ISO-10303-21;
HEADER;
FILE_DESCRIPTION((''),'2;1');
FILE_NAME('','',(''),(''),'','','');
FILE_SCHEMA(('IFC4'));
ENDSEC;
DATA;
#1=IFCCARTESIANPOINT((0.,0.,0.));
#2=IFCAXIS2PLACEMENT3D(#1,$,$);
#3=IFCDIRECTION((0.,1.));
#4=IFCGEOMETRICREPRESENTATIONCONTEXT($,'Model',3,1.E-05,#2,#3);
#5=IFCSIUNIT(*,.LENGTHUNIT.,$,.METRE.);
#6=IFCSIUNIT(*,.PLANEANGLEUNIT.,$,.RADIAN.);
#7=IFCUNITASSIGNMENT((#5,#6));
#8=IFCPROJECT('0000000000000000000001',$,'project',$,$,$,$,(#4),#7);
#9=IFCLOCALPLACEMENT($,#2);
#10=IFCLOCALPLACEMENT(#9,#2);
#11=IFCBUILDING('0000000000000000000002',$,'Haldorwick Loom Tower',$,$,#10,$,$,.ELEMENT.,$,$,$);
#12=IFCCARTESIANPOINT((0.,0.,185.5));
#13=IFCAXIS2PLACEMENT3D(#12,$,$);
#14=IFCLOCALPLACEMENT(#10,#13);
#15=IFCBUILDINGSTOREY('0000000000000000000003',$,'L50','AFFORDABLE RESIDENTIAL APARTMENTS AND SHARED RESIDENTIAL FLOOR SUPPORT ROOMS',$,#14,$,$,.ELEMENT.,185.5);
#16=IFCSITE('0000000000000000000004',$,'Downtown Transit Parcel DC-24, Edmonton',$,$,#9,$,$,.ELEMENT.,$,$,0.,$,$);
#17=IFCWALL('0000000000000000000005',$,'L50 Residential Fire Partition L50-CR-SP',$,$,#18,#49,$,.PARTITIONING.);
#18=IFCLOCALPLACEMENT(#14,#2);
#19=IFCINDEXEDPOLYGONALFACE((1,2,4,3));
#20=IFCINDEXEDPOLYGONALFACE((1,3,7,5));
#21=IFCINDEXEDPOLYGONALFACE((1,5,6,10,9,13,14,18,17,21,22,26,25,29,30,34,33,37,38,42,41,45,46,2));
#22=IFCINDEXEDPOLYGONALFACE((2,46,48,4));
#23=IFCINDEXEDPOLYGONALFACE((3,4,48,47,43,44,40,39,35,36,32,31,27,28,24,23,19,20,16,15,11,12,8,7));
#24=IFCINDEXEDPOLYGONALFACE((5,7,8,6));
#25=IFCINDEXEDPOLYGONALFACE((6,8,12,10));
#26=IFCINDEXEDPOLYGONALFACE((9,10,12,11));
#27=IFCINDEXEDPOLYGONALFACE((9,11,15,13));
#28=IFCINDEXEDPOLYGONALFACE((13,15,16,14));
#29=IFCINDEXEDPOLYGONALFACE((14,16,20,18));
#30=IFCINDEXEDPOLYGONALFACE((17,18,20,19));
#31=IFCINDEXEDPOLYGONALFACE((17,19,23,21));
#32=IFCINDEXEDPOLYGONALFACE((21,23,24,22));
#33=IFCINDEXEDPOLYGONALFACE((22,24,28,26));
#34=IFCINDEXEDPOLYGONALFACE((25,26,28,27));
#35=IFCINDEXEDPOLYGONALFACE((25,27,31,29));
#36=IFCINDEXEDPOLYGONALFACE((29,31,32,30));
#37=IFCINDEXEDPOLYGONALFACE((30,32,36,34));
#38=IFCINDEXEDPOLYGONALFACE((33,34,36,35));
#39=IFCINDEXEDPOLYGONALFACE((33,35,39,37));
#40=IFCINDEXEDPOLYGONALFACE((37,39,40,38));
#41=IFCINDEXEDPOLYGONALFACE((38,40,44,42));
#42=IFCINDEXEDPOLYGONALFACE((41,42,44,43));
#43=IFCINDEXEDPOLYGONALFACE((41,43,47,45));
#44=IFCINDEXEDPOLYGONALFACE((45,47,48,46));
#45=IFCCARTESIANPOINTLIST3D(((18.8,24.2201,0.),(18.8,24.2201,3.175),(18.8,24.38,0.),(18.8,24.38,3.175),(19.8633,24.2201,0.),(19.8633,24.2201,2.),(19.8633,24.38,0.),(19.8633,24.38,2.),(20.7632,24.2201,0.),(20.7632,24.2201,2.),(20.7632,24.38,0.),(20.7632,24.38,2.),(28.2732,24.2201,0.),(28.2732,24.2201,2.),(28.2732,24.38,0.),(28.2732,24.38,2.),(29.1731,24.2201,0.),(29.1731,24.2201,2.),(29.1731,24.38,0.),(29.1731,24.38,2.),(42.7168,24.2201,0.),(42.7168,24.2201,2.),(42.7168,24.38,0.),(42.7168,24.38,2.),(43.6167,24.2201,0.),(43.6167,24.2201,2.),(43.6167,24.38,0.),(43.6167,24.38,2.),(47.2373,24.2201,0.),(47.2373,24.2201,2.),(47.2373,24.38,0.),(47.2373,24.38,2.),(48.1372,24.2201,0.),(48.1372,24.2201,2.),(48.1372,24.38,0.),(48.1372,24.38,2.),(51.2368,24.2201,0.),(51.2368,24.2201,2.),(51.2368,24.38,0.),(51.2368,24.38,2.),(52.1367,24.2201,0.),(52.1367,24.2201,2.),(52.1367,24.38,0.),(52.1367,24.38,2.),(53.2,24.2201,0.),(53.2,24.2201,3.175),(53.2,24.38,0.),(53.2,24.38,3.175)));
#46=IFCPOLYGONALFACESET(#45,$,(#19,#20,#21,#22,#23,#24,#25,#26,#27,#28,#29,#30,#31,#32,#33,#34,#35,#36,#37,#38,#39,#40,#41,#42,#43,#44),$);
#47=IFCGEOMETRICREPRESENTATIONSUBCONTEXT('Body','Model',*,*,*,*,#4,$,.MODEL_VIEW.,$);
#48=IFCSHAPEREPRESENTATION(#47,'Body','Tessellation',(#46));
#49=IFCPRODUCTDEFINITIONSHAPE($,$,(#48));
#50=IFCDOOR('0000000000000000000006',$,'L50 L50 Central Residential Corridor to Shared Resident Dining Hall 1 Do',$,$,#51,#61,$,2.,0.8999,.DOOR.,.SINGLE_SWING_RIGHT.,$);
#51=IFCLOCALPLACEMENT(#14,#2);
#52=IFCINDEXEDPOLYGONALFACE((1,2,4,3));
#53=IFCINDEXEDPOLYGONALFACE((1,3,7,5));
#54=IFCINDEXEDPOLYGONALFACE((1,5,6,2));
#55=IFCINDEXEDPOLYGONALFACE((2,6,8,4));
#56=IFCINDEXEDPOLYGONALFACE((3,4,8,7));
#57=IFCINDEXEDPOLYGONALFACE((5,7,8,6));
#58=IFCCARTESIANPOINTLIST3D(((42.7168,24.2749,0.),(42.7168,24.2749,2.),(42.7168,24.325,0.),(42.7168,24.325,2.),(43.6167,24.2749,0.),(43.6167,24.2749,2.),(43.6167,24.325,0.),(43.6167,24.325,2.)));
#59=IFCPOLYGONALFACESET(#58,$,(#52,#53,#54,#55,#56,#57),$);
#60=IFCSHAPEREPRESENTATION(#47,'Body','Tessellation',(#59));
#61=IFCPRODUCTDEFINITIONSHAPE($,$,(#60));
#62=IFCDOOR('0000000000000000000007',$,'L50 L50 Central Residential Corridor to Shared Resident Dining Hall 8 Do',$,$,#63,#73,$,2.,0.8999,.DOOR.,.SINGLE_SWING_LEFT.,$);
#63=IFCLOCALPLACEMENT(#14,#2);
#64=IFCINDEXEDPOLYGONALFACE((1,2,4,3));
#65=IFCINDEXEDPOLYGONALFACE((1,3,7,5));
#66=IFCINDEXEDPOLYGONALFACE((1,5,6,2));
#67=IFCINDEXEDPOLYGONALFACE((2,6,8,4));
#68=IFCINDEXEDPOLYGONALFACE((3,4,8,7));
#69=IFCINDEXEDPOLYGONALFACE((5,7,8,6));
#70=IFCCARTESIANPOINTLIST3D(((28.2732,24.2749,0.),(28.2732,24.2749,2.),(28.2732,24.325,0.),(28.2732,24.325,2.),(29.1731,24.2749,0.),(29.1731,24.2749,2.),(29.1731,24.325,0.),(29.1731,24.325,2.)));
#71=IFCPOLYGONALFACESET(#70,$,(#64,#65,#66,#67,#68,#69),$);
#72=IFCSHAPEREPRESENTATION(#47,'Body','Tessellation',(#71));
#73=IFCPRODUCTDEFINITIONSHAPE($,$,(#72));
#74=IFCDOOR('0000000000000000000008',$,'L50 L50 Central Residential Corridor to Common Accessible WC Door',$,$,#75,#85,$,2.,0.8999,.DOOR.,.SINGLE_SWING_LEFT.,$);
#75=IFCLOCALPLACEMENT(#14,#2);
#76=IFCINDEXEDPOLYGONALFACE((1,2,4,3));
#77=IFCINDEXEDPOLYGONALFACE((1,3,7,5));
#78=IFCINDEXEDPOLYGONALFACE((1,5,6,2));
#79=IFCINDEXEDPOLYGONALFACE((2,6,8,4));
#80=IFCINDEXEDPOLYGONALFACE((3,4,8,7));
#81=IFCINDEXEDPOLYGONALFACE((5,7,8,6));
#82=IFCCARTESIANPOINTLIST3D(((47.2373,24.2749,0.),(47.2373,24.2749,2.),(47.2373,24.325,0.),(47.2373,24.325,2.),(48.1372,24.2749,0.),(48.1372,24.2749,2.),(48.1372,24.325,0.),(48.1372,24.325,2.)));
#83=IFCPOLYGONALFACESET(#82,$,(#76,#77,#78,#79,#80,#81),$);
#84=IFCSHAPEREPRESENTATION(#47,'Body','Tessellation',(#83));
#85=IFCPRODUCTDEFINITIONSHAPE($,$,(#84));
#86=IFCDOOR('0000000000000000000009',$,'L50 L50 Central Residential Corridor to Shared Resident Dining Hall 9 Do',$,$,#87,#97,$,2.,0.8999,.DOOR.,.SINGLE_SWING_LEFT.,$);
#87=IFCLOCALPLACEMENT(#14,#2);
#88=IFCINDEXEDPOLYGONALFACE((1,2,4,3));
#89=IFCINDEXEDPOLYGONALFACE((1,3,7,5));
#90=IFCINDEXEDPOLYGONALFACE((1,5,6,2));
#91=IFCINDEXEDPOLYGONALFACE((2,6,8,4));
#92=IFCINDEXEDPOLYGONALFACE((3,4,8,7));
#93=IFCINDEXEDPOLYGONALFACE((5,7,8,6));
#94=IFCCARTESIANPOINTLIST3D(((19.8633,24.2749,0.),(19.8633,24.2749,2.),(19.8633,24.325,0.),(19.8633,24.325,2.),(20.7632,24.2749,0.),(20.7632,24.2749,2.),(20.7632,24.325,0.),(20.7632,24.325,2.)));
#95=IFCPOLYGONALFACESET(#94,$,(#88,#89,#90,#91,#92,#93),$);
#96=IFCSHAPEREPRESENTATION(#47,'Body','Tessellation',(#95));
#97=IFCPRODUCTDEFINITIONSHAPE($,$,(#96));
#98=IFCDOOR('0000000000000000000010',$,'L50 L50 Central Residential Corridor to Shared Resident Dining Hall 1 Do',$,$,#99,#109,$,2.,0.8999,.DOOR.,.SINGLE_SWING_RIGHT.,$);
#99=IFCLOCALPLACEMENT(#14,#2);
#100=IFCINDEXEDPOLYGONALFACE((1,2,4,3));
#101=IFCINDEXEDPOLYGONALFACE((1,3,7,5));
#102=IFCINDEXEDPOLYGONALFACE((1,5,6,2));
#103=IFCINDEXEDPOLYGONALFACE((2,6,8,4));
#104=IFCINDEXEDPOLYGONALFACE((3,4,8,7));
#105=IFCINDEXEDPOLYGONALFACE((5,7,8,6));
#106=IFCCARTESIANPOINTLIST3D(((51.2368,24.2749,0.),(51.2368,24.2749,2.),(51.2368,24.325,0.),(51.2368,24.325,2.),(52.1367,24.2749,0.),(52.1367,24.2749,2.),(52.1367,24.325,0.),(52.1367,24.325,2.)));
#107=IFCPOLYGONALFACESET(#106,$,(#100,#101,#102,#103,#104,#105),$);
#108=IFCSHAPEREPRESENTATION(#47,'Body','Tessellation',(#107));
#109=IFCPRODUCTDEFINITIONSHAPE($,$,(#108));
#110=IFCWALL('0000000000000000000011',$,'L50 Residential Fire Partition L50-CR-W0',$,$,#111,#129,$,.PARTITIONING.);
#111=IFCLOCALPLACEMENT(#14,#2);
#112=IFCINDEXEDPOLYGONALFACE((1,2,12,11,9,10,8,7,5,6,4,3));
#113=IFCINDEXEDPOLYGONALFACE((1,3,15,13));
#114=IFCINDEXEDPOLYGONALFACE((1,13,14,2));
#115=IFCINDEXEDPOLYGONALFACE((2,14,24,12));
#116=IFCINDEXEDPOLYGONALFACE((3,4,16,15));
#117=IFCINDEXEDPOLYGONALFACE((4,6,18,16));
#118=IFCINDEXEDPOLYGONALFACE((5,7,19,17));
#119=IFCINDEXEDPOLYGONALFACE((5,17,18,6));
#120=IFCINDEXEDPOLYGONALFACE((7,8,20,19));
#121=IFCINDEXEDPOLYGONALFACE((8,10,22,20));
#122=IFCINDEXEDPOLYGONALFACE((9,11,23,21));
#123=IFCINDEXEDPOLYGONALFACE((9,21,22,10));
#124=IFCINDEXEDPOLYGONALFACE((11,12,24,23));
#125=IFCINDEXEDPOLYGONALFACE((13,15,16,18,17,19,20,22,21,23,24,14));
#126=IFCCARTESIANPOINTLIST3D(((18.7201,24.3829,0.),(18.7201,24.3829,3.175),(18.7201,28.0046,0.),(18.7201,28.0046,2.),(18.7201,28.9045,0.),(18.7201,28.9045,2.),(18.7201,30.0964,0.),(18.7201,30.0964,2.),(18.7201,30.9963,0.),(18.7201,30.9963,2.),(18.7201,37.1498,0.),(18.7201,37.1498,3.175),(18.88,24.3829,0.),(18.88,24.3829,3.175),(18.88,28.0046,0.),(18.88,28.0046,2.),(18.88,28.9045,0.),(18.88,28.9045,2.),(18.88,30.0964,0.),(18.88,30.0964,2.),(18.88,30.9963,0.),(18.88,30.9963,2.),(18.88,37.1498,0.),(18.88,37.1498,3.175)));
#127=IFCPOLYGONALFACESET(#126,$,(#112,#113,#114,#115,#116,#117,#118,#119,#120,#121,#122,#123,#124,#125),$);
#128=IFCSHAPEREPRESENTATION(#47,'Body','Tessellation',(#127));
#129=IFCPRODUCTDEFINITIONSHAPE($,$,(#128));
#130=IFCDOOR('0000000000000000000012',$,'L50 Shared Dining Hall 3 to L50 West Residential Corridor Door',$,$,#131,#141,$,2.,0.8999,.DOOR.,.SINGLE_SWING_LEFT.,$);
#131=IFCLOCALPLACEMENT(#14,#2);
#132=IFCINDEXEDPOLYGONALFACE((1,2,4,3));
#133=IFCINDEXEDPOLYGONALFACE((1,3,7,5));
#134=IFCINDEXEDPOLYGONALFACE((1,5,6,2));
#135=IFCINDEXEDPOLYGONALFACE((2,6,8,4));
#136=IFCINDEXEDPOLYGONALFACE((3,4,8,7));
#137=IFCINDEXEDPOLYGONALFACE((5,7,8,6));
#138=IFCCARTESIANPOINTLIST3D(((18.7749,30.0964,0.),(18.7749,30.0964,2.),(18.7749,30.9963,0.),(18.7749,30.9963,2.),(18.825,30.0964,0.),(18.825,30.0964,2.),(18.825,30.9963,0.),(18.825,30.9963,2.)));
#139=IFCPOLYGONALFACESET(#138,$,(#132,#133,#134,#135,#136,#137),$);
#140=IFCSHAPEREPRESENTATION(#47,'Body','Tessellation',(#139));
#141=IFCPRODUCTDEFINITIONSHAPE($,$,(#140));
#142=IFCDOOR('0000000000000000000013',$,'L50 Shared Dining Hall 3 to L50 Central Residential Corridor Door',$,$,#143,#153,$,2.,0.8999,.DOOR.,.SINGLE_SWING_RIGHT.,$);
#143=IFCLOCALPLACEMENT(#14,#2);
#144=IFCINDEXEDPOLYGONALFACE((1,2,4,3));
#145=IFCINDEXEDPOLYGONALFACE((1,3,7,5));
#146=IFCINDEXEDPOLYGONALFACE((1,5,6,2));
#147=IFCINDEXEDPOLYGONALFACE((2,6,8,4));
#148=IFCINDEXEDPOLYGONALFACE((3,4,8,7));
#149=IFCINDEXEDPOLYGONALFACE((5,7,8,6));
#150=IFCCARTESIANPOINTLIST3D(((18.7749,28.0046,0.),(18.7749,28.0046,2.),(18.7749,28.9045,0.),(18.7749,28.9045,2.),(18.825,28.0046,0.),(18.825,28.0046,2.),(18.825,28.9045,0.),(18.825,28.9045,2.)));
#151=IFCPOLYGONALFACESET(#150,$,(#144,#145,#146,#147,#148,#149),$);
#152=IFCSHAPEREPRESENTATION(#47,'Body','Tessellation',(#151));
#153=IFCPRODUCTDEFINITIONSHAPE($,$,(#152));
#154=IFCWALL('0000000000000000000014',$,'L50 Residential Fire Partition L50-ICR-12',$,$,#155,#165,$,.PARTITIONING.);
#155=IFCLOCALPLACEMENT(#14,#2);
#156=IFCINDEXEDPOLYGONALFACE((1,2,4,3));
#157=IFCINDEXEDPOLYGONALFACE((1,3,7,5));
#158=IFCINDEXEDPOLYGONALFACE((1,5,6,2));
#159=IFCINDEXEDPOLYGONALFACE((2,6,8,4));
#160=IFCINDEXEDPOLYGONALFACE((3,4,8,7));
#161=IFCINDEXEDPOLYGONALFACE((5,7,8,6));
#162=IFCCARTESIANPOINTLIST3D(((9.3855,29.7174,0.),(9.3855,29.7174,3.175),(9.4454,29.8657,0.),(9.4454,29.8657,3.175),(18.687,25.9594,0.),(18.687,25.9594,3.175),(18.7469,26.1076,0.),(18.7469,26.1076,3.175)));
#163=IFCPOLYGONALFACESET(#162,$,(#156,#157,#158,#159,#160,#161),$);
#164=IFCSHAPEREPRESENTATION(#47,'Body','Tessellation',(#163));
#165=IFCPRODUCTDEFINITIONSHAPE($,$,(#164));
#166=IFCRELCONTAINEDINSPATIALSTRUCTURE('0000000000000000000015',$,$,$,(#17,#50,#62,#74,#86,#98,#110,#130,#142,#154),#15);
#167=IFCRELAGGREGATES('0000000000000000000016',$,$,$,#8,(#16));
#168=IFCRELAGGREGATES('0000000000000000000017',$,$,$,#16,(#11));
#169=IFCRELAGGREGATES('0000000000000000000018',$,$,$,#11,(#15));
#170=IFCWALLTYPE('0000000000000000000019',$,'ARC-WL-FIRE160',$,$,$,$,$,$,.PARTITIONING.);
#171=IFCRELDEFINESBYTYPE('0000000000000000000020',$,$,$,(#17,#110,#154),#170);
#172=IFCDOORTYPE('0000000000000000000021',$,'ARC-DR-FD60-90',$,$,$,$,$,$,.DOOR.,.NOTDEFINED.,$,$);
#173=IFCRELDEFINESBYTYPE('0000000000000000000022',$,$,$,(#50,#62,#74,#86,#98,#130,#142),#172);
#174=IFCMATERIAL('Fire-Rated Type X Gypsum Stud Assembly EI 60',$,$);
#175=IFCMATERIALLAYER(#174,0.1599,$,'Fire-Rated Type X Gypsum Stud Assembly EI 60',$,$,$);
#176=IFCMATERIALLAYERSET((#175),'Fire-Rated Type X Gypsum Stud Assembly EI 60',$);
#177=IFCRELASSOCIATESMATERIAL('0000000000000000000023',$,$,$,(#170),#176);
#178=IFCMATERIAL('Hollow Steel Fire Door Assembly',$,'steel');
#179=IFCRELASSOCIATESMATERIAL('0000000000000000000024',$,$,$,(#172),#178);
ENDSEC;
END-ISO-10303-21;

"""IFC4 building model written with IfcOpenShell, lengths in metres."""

from ifc_helpers import new_model, si_unit, direction, frame, frame_2d, origin, place, context, subcontext, project, spatial, rectangle, extrude, material, layer, layer_set, type_object, element, fill, save


model = new_model("IFC4")

# Units and contexts
model_context = context("Model", 3, precision=1e-05, world=origin(), true_north=direction((0.0, 1.0)))
body_context = subcontext(model_context, "Body", "Model", "MODEL_VIEW")
ifc_project = project(units=[si_unit("LENGTHUNIT", "METRE"), si_unit("PLANEANGLEUNIT", "RADIAN")], contexts=[model_context])

# Site, building, storey
site_placement = place(None, origin())
site = spatial("IfcSite", under=ifc_project, at=site_placement, Name="Downtown Transit Parcel DC-24, Edmonton", CompositionType="ELEMENT", RefElevation=0.0)
building_placement = place(site_placement, origin())
building = spatial("IfcBuilding", under=site, at=building_placement, Name="Haldorwick Loom Tower", CompositionType="ELEMENT")
storey_placement = place(building_placement, frame((0.0, 0.0, 185.5)))
storey = spatial("IfcBuildingStorey", under=building, at=storey_placement, Name="L50", Description="AFFORDABLE RESIDENTIAL APARTMENTS AND SHARED RESIDENTIAL FLOOR SUPPORT ROOMS", CompositionType="ELEMENT", Elevation=185.5)

# Walls, openings, doors
ifc_material_1 = material(Name="Fire-Rated Type X Gypsum Stud Assembly EI 60")
ifc_layer_1 = layer(ifc_material_1, 0.1599, Name="Fire-Rated Type X Gypsum Stud Assembly EI 60")
ifc_layer_set_1 = layer_set([ifc_layer_1], Name="Fire-Rated Type X Gypsum Stud Assembly EI 60")
wall_type_1 = type_object("IfcWallType", Name="ARC-WL-FIRE160", PredefinedType="PARTITIONING", material=ifc_layer_set_1)
wall_1_placement = place(storey_placement, frame((18.8, 24.3, 0.0), z_axis=(0.0, 0.0, 1.0), x_axis=(1.0, 0.0, 0.0)))
wall_1 = element("IfcWall", 1, at=wall_1_placement, inside=storey, type_object=wall_type_1, Name="L50 Residential Fire Partition L50-CR-SP", PredefinedType="PARTITIONING", context=body_context, shape_type="SweptSolid", body=[
    extrude(rectangle(XDim=34.3999, YDim=0.1599, at=frame_2d((17.2, 0.0))), origin(), (0.0, 0.0, 1.0), 3.175),
])
opening_1_placement = place(wall_1_placement, frame((23.9167, 0.0, 0.0)))
opening_1 = element("IfcOpeningElement", 2, at=opening_1_placement, cuts=wall_1, PredefinedType="OPENING", context=body_context, shape_type="SweptSolid", body=[
    extrude(rectangle(XDim=0.8999, YDim=2.0, at=frame_2d((0.45, 1.0))), frame((0.0, 0.0898, 0.0), z_axis=(0.0, -1.0, 0.0), x_axis=(1.0, 0.0, 0.0)), (0.0, 0.0, 1.0), 0.1799),
])
opening_2_placement = place(wall_1_placement, frame((9.4731, 0.0, 0.0)))
opening_2 = element("IfcOpeningElement", 3, at=opening_2_placement, cuts=wall_1, PredefinedType="OPENING", context=body_context, shape_type="SweptSolid", body=[
    extrude(rectangle(XDim=0.8999, YDim=2.0, at=frame_2d((0.45, 1.0))), frame((0.0, 0.0898, 0.0), z_axis=(0.0, -1.0, 0.0), x_axis=(1.0, 0.0, 0.0)), (0.0, 0.0, 1.0), 0.1799),
])
opening_3_placement = place(wall_1_placement, frame((28.4373, 0.0, 0.0)))
opening_3 = element("IfcOpeningElement", 4, at=opening_3_placement, cuts=wall_1, PredefinedType="OPENING", context=body_context, shape_type="SweptSolid", body=[
    extrude(rectangle(XDim=0.8999, YDim=2.0, at=frame_2d((0.45, 1.0))), frame((0.0, 0.0898, 0.0), z_axis=(0.0, -1.0, 0.0), x_axis=(1.0, 0.0, 0.0)), (0.0, 0.0, 1.0), 0.1799),
])
opening_4_placement = place(wall_1_placement, frame((1.0632, 0.0, 0.0)))
opening_4 = element("IfcOpeningElement", 5, at=opening_4_placement, cuts=wall_1, PredefinedType="OPENING", context=body_context, shape_type="SweptSolid", body=[
    extrude(rectangle(XDim=0.8999, YDim=2.0, at=frame_2d((0.45, 1.0))), frame((0.0, 0.0898, 0.0), z_axis=(0.0, -1.0, 0.0), x_axis=(1.0, 0.0, 0.0)), (0.0, 0.0, 1.0), 0.1799),
])
opening_5_placement = place(wall_1_placement, frame((32.4368, 0.0, 0.0)))
opening_5 = element("IfcOpeningElement", 6, at=opening_5_placement, cuts=wall_1, PredefinedType="OPENING", context=body_context, shape_type="SweptSolid", body=[
    extrude(rectangle(XDim=0.8999, YDim=2.0, at=frame_2d((0.45, 1.0))), frame((0.0, 0.0898, 0.0), z_axis=(0.0, -1.0, 0.0), x_axis=(1.0, 0.0, 0.0)), (0.0, 0.0, 1.0), 0.1799),
])
ifc_material_2 = material(Name="Hollow Steel Fire Door Assembly", Category="steel")
door_type = type_object("IfcDoorType", Name="ARC-DR-FD60-90", OperationType="NOTDEFINED", PredefinedType="DOOR", material=ifc_material_2)
door_1_placement = place(opening_1_placement, origin())
door_1 = element("IfcDoor", 7, at=door_1_placement, inside=storey, type_object=door_type, Name="L50 L50 Central Residential Corridor to Shared Resident Dining Hall 1 Do", OperationType="SINGLE_SWING_RIGHT", OverallHeight=2.0, OverallWidth=0.8999, PredefinedType="DOOR", context=body_context, shape_type="SweptSolid", body=[
    extrude(rectangle(XDim=0.8999, YDim=2.0, at=frame_2d((0.45, 1.0))), frame((0.0, 0.0249, 0.0), z_axis=(0.0, -1.0, 0.0), x_axis=(1.0, 0.0, 0.0)), (0.0, 0.0, 1.0), 0.05),
])
fill(opening_1, door_1)
door_2_placement = place(opening_2_placement, origin())
door_2 = element("IfcDoor", 8, at=door_2_placement, inside=storey, type_object=door_type, Name="L50 L50 Central Residential Corridor to Shared Resident Dining Hall 8 Do", OperationType="SINGLE_SWING_LEFT", OverallHeight=2.0, OverallWidth=0.8999, PredefinedType="DOOR", context=body_context, shape_type="SweptSolid", body=[
    extrude(rectangle(XDim=0.8999, YDim=2.0, at=frame_2d((0.45, 1.0))), frame((0.0, 0.0249, 0.0), z_axis=(0.0, -1.0, 0.0), x_axis=(1.0, 0.0, 0.0)), (0.0, 0.0, 1.0), 0.05),
])
fill(opening_2, door_2)
door_3_placement = place(opening_3_placement, origin())
door_3 = element("IfcDoor", 9, at=door_3_placement, inside=storey, type_object=door_type, Name="L50 L50 Central Residential Corridor to Common Accessible WC Door", OperationType="SINGLE_SWING_LEFT", OverallHeight=2.0, OverallWidth=0.8999, PredefinedType="DOOR", context=body_context, shape_type="SweptSolid", body=[
    extrude(rectangle(XDim=0.8999, YDim=2.0, at=frame_2d((0.45, 1.0))), frame((0.0, 0.0249, 0.0), z_axis=(0.0, -1.0, 0.0), x_axis=(1.0, 0.0, 0.0)), (0.0, 0.0, 1.0), 0.05),
])
fill(opening_3, door_3)
door_4_placement = place(opening_4_placement, origin())
door_4 = element("IfcDoor", 10, at=door_4_placement, inside=storey, type_object=door_type, Name="L50 L50 Central Residential Corridor to Shared Resident Dining Hall 9 Do", OperationType="SINGLE_SWING_LEFT", OverallHeight=2.0, OverallWidth=0.8999, PredefinedType="DOOR", context=body_context, shape_type="SweptSolid", body=[
    extrude(rectangle(XDim=0.8999, YDim=2.0, at=frame_2d((0.45, 1.0))), frame((0.0, 0.0249, 0.0), z_axis=(0.0, -1.0, 0.0), x_axis=(1.0, 0.0, 0.0)), (0.0, 0.0, 1.0), 0.05),
])
fill(opening_4, door_4)
door_5_placement = place(opening_5_placement, origin())
door_5 = element("IfcDoor", 11, at=door_5_placement, inside=storey, type_object=door_type, Name="L50 L50 Central Residential Corridor to Shared Resident Dining Hall 1 Do", OperationType="SINGLE_SWING_RIGHT", OverallHeight=2.0, OverallWidth=0.8999, PredefinedType="DOOR", context=body_context, shape_type="SweptSolid", body=[
    extrude(rectangle(XDim=0.8999, YDim=2.0, at=frame_2d((0.45, 1.0))), frame((0.0, 0.0249, 0.0), z_axis=(0.0, -1.0, 0.0), x_axis=(1.0, 0.0, 0.0)), (0.0, 0.0, 1.0), 0.05),
])
fill(opening_5, door_5)
wall_2_placement = place(storey_placement, frame((18.8, 24.3831, 0.0), z_axis=(0.0, 0.0, 1.0), x_axis=(0.0, 1.0, 0.0)))
wall_2 = element("IfcWall", 12, at=wall_2_placement, inside=storey, type_object=wall_type_1, Name="L50 Residential Fire Partition L50-CR-W0", PredefinedType="PARTITIONING", context=body_context, shape_type="SweptSolid", body=[
    extrude(rectangle(XDim=12.7668, YDim=0.1599, at=frame_2d((6.3833, 0.0))), origin(), (0.0, 0.0, 1.0), 3.175),
])
opening_6_placement = place(wall_2_placement, frame((5.7134, 0.0, 0.0)))
opening_6 = element("IfcOpeningElement", 13, at=opening_6_placement, cuts=wall_2, PredefinedType="OPENING", context=body_context, shape_type="SweptSolid", body=[
    extrude(rectangle(XDim=0.8999, YDim=2.0, at=frame_2d((0.45, 1.0))), frame((0.0, 0.0898, 0.0), z_axis=(0.0, -1.0, 0.0), x_axis=(1.0, 0.0, 0.0)), (0.0, 0.0, 1.0), 0.1799),
])
opening_7_placement = place(wall_2_placement, frame((3.6216, 0.0, 0.0)))
opening_7 = element("IfcOpeningElement", 14, at=opening_7_placement, cuts=wall_2, PredefinedType="OPENING", context=body_context, shape_type="SweptSolid", body=[
    extrude(rectangle(XDim=0.8999, YDim=2.0, at=frame_2d((0.45, 1.0))), frame((0.0, 0.0898, 0.0), z_axis=(0.0, -1.0, 0.0), x_axis=(1.0, 0.0, 0.0)), (0.0, 0.0, 1.0), 0.1799),
])
door_6_placement = place(opening_6_placement, frame((0.8999, 0.0, 0.0), z_axis=(0.0, 0.0, 1.0), x_axis=(-1.0, 0.0, 0.0)))
door_6 = element("IfcDoor", 15, at=door_6_placement, inside=storey, type_object=door_type, Name="L50 Shared Dining Hall 3 to L50 West Residential Corridor Door", OperationType="SINGLE_SWING_LEFT", OverallHeight=2.0, OverallWidth=0.8999, PredefinedType="DOOR", context=body_context, shape_type="SweptSolid", body=[
    extrude(rectangle(XDim=0.8999, YDim=2.0, at=frame_2d((0.45, 1.0))), frame((0.0, 0.0249, 0.0), z_axis=(0.0, -1.0, 0.0), x_axis=(1.0, 0.0, 0.0)), (0.0, 0.0, 1.0), 0.05),
])
fill(opening_6, door_6)
door_7_placement = place(opening_7_placement, frame((0.8999, 0.0, 0.0), z_axis=(0.0, 0.0, 1.0), x_axis=(-1.0, 0.0, 0.0)))
door_7 = element("IfcDoor", 16, at=door_7_placement, inside=storey, type_object=door_type, Name="L50 Shared Dining Hall 3 to L50 Central Residential Corridor Door", OperationType="SINGLE_SWING_RIGHT", OverallHeight=2.0, OverallWidth=0.8999, PredefinedType="DOOR", context=body_context, shape_type="SweptSolid", body=[
    extrude(rectangle(XDim=0.8999, YDim=2.0, at=frame_2d((0.45, 1.0))), frame((0.0, 0.0249, 0.0), z_axis=(0.0, -1.0, 0.0), x_axis=(1.0, 0.0, 0.0)), (0.0, 0.0, 1.0), 0.05),
])
fill(opening_7, door_7)

# Wall
wall_3_placement = place(storey_placement, frame((18.717, 26.0334, 0.0), z_axis=(0.0, 0.0, 1.0), x_axis=(-0.927184, 0.374607, 0.0)))
element("IfcWall", 17, at=wall_3_placement, inside=storey, type_object=wall_type_1, Name="L50 Residential Fire Partition L50-ICR-12", PredefinedType="PARTITIONING", context=body_context, shape_type="SweptSolid", body=[
    extrude(rectangle(XDim=10.032, YDim=0.1599, at=frame_2d((5.0161, 0.0))), origin(), (0.0, 0.0, 1.0), 3.175),
])

save(model, "model.ifc")
